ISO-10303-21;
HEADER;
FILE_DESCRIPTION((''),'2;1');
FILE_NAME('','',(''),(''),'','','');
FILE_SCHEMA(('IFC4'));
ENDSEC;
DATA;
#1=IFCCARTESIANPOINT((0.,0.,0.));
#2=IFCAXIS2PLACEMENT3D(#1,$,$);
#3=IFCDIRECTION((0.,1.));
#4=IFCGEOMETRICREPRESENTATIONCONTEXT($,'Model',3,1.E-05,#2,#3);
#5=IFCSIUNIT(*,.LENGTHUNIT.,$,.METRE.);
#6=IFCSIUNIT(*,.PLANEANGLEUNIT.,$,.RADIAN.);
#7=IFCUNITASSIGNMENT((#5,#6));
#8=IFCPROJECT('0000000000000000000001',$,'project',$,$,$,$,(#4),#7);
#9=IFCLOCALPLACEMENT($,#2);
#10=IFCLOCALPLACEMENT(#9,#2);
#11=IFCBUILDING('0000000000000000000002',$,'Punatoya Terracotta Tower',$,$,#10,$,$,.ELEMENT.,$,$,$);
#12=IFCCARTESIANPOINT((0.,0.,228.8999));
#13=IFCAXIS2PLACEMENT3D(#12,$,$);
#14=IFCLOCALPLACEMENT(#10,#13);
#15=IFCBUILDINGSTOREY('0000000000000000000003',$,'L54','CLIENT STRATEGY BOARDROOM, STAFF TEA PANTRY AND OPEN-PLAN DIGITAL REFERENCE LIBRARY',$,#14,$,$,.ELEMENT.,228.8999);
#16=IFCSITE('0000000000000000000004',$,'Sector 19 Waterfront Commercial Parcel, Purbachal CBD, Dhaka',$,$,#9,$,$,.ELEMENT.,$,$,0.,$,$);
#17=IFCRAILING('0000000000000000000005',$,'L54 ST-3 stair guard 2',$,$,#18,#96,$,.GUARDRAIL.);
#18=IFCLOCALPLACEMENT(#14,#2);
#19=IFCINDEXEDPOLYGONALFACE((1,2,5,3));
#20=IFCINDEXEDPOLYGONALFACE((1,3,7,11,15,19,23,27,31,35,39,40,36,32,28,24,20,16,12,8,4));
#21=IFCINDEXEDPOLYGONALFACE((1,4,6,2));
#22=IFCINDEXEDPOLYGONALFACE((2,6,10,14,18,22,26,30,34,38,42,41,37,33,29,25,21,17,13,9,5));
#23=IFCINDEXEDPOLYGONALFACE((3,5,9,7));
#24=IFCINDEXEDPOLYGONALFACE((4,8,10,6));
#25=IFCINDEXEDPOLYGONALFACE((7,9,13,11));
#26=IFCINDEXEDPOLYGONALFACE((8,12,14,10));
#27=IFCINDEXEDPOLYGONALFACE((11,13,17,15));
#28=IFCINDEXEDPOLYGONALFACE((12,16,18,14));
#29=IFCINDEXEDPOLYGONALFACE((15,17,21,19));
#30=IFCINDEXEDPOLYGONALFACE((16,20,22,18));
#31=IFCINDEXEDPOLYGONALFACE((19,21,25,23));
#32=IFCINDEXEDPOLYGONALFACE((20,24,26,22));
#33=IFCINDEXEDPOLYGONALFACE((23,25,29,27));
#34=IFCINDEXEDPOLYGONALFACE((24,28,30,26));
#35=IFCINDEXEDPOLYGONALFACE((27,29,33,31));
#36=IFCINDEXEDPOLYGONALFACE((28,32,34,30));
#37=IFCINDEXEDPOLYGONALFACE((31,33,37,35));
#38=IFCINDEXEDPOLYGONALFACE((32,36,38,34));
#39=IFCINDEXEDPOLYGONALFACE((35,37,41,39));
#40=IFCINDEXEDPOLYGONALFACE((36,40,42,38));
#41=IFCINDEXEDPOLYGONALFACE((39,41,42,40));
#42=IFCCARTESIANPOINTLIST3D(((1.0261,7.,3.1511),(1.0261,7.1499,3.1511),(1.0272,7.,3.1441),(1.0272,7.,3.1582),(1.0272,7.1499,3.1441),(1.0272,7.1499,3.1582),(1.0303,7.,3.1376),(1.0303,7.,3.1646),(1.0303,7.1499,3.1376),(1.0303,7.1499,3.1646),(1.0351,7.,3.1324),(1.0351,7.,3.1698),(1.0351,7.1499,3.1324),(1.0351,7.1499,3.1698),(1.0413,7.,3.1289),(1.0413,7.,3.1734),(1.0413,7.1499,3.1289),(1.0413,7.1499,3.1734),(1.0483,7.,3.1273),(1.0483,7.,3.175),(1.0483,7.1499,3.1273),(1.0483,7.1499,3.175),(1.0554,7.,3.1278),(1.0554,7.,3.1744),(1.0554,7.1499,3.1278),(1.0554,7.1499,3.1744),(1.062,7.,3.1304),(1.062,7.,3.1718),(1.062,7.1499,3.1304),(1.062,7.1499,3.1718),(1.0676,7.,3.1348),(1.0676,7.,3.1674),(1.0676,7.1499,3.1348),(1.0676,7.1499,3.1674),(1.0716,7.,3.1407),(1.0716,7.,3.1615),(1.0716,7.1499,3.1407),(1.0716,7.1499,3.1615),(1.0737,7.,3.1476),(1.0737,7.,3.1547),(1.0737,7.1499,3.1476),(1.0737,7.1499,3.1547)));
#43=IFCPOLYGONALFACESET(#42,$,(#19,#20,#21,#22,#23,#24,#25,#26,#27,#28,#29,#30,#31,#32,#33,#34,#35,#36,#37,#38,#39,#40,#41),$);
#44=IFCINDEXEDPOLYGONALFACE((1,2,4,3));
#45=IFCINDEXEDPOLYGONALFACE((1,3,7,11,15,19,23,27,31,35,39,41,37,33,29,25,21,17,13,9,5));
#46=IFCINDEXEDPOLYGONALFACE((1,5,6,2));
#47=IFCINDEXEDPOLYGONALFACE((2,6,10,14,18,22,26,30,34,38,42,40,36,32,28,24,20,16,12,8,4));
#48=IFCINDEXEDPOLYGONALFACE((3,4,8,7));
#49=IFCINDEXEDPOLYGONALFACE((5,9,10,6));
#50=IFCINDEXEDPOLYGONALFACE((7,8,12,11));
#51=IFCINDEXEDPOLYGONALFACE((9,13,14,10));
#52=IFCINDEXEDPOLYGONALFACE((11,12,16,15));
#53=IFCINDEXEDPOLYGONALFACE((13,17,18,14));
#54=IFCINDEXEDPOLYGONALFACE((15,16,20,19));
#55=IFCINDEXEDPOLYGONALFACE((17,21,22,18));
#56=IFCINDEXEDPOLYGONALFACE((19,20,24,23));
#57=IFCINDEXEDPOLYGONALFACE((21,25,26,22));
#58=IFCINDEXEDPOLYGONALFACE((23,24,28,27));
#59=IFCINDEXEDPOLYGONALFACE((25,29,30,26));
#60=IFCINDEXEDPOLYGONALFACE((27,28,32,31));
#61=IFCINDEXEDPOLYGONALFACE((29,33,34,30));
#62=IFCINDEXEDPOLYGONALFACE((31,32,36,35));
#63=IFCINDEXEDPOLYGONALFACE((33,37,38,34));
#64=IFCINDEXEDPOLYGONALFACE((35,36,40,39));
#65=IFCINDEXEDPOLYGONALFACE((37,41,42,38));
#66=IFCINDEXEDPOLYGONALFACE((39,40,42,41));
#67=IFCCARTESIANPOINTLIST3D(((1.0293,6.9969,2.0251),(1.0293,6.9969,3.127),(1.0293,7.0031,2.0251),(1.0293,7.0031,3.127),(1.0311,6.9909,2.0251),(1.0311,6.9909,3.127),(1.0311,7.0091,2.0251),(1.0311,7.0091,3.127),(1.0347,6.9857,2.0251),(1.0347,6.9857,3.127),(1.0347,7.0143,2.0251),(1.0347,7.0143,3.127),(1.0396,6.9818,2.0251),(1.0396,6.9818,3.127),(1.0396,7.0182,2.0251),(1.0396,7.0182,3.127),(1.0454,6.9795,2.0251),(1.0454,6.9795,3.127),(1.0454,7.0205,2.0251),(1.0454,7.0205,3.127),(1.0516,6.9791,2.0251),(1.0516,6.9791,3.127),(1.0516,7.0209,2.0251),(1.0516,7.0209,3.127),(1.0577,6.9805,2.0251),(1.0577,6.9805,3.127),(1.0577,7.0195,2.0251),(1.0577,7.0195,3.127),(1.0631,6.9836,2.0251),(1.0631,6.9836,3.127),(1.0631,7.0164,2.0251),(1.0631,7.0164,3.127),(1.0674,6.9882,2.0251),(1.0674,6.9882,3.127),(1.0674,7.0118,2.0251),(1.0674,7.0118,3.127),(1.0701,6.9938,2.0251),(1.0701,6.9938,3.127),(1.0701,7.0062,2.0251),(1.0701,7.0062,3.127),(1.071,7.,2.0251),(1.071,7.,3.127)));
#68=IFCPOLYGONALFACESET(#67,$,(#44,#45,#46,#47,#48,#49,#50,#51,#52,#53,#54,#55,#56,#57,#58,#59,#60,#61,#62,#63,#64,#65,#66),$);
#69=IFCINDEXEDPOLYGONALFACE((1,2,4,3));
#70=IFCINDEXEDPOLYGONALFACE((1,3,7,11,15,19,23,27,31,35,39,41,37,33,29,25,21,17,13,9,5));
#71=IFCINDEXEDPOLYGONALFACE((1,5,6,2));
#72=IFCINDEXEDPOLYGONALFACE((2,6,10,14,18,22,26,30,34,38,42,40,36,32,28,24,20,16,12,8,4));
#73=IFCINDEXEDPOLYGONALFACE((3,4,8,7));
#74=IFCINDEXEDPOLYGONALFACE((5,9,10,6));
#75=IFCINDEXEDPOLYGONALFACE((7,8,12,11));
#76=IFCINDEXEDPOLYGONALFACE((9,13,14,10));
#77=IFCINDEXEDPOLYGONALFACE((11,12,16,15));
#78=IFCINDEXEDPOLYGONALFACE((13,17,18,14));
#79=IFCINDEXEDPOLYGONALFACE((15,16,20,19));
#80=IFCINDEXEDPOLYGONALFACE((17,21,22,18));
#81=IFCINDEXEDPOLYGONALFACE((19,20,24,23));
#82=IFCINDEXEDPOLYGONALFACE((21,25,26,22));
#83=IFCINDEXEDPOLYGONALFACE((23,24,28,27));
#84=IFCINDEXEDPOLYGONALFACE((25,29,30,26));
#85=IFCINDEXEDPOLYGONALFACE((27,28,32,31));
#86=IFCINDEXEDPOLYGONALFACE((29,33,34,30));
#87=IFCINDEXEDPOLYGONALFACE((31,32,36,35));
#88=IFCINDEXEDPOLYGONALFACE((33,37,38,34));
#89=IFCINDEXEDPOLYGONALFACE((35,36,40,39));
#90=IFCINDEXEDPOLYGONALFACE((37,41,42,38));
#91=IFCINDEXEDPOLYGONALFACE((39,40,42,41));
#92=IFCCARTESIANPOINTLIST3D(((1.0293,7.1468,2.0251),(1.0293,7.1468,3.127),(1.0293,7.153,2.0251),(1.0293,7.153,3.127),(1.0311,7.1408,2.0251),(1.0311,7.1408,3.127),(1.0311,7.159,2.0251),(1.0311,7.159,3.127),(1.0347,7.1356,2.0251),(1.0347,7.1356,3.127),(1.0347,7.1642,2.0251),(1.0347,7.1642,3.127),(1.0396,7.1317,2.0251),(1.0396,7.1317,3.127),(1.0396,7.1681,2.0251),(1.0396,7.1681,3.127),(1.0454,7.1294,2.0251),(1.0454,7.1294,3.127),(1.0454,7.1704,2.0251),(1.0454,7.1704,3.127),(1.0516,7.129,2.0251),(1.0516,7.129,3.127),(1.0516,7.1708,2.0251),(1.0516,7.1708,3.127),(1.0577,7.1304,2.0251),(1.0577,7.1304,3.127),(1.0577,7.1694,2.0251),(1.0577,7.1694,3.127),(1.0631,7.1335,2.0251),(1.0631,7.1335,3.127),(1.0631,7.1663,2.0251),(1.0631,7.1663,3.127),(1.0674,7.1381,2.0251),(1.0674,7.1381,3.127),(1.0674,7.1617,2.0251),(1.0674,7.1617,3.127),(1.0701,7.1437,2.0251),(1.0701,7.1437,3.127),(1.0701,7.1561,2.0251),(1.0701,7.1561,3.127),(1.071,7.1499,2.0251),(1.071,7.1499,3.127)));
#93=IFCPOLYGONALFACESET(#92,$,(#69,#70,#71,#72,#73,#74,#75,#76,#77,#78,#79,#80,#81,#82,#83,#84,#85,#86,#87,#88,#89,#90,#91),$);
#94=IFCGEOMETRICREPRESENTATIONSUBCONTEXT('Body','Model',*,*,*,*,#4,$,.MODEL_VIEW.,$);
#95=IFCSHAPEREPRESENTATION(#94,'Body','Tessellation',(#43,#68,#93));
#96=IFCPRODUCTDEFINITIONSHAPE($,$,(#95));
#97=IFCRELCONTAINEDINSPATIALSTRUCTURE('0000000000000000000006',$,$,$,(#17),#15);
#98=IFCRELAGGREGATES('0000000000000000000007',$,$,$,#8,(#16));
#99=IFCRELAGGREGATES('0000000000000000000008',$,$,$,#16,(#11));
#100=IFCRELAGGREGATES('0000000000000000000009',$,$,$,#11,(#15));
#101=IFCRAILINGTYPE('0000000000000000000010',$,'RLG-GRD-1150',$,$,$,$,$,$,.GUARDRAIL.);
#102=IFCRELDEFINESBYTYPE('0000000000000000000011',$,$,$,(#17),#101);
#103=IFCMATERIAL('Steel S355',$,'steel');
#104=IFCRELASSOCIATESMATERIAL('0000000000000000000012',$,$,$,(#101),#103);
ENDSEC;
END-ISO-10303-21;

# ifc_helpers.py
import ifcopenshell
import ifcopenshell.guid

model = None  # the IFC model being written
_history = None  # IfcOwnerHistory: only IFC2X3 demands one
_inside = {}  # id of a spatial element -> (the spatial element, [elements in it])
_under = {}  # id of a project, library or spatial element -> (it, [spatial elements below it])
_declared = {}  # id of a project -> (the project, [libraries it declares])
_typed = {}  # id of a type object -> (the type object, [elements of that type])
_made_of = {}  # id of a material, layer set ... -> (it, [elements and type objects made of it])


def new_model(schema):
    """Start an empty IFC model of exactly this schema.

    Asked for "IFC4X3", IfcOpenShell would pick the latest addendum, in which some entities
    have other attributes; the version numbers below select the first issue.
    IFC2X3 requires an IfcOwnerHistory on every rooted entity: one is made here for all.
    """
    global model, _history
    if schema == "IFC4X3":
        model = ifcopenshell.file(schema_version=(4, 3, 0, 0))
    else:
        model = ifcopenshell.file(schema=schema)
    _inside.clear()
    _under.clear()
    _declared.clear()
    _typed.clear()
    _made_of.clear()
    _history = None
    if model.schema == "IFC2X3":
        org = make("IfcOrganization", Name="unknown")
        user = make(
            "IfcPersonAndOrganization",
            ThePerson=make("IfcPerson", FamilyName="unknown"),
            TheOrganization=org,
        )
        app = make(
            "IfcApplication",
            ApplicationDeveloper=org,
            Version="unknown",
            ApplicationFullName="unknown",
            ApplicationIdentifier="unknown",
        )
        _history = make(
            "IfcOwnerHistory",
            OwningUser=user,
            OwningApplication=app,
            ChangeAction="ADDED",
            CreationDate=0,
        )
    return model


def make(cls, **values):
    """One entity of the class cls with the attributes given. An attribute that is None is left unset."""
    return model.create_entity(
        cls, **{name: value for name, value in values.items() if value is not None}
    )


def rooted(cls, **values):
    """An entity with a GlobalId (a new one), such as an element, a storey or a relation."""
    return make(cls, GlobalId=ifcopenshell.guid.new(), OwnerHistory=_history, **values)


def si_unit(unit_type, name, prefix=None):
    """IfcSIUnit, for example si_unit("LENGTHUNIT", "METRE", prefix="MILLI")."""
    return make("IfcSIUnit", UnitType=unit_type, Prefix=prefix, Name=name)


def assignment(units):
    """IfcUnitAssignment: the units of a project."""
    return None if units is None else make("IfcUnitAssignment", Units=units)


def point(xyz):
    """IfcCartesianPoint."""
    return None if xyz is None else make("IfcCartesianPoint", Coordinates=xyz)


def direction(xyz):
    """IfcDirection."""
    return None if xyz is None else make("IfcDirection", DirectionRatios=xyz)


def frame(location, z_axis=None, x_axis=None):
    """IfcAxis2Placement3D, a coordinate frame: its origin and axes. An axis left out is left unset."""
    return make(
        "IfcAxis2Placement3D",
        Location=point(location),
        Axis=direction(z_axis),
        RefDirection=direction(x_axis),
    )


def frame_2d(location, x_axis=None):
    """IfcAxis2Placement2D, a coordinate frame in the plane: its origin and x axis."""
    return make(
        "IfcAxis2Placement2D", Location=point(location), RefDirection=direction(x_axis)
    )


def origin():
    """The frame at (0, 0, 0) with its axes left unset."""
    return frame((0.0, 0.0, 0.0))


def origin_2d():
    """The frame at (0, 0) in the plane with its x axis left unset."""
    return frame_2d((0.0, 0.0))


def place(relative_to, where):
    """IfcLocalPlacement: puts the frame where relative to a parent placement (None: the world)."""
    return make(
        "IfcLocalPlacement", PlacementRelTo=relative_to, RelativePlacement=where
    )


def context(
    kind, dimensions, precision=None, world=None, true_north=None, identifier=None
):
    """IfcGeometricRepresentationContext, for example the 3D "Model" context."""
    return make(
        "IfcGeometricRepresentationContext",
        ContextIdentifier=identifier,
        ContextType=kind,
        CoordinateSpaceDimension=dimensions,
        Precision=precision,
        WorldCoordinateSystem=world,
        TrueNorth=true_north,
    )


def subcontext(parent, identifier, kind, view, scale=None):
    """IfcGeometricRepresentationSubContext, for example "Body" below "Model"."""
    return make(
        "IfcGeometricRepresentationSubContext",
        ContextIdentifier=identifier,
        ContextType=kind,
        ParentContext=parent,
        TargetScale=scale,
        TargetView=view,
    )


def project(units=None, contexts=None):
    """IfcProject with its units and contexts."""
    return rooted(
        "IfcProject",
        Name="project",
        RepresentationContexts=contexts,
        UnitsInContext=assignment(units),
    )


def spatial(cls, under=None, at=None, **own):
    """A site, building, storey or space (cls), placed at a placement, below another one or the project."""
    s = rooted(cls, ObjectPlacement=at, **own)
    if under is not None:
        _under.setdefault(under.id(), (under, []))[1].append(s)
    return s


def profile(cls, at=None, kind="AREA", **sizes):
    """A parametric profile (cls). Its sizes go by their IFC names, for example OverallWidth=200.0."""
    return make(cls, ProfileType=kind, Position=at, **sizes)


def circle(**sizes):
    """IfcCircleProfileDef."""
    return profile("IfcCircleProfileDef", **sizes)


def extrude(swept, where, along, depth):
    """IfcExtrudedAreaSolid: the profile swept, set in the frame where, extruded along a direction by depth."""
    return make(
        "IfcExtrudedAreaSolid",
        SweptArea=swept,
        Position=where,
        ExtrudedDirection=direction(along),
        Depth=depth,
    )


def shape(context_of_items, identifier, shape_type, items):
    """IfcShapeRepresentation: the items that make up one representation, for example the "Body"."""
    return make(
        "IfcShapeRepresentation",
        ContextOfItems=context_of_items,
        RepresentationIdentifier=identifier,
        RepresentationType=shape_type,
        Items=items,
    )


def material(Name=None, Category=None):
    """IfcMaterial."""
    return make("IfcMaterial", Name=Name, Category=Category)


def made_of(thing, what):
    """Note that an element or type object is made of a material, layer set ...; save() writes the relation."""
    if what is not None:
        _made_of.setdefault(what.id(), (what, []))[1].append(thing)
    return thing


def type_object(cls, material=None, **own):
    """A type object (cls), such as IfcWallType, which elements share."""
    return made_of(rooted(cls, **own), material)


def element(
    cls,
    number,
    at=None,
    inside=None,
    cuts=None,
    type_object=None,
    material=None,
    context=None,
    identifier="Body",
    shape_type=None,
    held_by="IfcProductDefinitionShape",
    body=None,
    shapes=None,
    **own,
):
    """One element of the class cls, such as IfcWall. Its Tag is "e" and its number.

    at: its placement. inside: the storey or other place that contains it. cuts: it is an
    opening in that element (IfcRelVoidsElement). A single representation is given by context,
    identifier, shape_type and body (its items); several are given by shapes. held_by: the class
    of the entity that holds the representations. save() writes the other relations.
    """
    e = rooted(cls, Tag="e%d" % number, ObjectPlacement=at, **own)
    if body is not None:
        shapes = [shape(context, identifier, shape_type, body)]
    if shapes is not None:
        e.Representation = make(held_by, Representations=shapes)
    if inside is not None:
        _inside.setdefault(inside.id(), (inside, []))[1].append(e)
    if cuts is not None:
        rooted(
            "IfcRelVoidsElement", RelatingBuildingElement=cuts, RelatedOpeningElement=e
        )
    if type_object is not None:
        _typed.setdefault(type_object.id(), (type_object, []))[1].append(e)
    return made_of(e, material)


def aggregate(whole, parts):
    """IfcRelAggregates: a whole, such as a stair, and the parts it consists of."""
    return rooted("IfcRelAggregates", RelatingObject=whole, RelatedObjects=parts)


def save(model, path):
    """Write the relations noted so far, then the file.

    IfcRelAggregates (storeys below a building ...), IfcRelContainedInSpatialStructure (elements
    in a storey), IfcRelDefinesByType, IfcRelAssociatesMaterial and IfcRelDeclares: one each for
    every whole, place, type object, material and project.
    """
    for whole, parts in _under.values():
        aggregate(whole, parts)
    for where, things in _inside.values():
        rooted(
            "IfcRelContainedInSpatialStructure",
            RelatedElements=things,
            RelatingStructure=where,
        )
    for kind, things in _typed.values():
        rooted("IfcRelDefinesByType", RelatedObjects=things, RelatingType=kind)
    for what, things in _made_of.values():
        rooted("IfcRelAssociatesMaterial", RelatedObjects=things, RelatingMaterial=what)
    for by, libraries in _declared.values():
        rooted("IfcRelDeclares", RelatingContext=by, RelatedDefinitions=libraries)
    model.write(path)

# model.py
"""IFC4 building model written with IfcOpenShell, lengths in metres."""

from ifc_helpers import new_model, si_unit, direction, frame, origin, origin_2d, place, context, subcontext, project, spatial, circle, extrude, material, type_object, element, save


model = new_model("IFC4")

# Units and contexts
model_context = context("Model", 3, precision=1e-05, world=origin(), true_north=direction((0.0, 1.0)))
body_context = subcontext(model_context, "Body", "Model", "MODEL_VIEW")
ifc_project = project(units=[si_unit("LENGTHUNIT", "METRE"), si_unit("PLANEANGLEUNIT", "RADIAN")], contexts=[model_context])

# Site, building, storey
site_placement = place(None, origin())
site = spatial("IfcSite", under=ifc_project, at=site_placement, Name="Sector 19 Waterfront Commercial Parcel, Purbachal CBD, Dhaka", CompositionType="ELEMENT", RefElevation=0.0)
building_placement = place(site_placement, origin())
building = spatial("IfcBuilding", under=site, at=building_placement, Name="Punatoya Terracotta Tower", CompositionType="ELEMENT")
storey_placement = place(building_placement, frame((0.0, 0.0, 228.8999)))
storey = spatial("IfcBuildingStorey", under=building, at=storey_placement, Name="L54", Description="CLIENT STRATEGY BOARDROOM, STAFF TEA PANTRY AND OPEN-PLAN DIGITAL REFERENCE LIBRARY", CompositionType="ELEMENT", Elevation=228.8999)

# Shared definitions
ifc_material_1 = material(Name="Steel S355", Category="steel")

# Railing
railing_type_1 = type_object("IfcRailingType", Name="RLG-GRD-1150", PredefinedType="GUARDRAIL", material=ifc_material_1)
railing_1_placement = place(storey_placement, frame((1.05, 7.0, 2.0251)))
element("IfcRailing", 1, at=railing_1_placement, inside=storey, type_object=railing_type_1, Name="L54 ST-3 stair guard 2", PredefinedType="GUARDRAIL", context=body_context, shape_type="SweptSolid", body=[
    extrude(circle(Radius=0.0239, at=origin_2d()), frame((0.0, 0.0, 1.126), z_axis=(0.0, 1.0, 0.0), x_axis=(-1.0, 0.0, 0.0)), (0.0, 0.0, 1.0), 0.1499),
    extrude(circle(Radius=0.021, at=origin_2d()), origin(), (0.0, 0.0, 1.0), 1.1018),
    extrude(circle(Radius=0.021, at=origin_2d()), frame((0.0, 0.1499, 0.0)), (0.0, 0.0, 1.0), 1.1018),
])

save(model, "model.ifc")
